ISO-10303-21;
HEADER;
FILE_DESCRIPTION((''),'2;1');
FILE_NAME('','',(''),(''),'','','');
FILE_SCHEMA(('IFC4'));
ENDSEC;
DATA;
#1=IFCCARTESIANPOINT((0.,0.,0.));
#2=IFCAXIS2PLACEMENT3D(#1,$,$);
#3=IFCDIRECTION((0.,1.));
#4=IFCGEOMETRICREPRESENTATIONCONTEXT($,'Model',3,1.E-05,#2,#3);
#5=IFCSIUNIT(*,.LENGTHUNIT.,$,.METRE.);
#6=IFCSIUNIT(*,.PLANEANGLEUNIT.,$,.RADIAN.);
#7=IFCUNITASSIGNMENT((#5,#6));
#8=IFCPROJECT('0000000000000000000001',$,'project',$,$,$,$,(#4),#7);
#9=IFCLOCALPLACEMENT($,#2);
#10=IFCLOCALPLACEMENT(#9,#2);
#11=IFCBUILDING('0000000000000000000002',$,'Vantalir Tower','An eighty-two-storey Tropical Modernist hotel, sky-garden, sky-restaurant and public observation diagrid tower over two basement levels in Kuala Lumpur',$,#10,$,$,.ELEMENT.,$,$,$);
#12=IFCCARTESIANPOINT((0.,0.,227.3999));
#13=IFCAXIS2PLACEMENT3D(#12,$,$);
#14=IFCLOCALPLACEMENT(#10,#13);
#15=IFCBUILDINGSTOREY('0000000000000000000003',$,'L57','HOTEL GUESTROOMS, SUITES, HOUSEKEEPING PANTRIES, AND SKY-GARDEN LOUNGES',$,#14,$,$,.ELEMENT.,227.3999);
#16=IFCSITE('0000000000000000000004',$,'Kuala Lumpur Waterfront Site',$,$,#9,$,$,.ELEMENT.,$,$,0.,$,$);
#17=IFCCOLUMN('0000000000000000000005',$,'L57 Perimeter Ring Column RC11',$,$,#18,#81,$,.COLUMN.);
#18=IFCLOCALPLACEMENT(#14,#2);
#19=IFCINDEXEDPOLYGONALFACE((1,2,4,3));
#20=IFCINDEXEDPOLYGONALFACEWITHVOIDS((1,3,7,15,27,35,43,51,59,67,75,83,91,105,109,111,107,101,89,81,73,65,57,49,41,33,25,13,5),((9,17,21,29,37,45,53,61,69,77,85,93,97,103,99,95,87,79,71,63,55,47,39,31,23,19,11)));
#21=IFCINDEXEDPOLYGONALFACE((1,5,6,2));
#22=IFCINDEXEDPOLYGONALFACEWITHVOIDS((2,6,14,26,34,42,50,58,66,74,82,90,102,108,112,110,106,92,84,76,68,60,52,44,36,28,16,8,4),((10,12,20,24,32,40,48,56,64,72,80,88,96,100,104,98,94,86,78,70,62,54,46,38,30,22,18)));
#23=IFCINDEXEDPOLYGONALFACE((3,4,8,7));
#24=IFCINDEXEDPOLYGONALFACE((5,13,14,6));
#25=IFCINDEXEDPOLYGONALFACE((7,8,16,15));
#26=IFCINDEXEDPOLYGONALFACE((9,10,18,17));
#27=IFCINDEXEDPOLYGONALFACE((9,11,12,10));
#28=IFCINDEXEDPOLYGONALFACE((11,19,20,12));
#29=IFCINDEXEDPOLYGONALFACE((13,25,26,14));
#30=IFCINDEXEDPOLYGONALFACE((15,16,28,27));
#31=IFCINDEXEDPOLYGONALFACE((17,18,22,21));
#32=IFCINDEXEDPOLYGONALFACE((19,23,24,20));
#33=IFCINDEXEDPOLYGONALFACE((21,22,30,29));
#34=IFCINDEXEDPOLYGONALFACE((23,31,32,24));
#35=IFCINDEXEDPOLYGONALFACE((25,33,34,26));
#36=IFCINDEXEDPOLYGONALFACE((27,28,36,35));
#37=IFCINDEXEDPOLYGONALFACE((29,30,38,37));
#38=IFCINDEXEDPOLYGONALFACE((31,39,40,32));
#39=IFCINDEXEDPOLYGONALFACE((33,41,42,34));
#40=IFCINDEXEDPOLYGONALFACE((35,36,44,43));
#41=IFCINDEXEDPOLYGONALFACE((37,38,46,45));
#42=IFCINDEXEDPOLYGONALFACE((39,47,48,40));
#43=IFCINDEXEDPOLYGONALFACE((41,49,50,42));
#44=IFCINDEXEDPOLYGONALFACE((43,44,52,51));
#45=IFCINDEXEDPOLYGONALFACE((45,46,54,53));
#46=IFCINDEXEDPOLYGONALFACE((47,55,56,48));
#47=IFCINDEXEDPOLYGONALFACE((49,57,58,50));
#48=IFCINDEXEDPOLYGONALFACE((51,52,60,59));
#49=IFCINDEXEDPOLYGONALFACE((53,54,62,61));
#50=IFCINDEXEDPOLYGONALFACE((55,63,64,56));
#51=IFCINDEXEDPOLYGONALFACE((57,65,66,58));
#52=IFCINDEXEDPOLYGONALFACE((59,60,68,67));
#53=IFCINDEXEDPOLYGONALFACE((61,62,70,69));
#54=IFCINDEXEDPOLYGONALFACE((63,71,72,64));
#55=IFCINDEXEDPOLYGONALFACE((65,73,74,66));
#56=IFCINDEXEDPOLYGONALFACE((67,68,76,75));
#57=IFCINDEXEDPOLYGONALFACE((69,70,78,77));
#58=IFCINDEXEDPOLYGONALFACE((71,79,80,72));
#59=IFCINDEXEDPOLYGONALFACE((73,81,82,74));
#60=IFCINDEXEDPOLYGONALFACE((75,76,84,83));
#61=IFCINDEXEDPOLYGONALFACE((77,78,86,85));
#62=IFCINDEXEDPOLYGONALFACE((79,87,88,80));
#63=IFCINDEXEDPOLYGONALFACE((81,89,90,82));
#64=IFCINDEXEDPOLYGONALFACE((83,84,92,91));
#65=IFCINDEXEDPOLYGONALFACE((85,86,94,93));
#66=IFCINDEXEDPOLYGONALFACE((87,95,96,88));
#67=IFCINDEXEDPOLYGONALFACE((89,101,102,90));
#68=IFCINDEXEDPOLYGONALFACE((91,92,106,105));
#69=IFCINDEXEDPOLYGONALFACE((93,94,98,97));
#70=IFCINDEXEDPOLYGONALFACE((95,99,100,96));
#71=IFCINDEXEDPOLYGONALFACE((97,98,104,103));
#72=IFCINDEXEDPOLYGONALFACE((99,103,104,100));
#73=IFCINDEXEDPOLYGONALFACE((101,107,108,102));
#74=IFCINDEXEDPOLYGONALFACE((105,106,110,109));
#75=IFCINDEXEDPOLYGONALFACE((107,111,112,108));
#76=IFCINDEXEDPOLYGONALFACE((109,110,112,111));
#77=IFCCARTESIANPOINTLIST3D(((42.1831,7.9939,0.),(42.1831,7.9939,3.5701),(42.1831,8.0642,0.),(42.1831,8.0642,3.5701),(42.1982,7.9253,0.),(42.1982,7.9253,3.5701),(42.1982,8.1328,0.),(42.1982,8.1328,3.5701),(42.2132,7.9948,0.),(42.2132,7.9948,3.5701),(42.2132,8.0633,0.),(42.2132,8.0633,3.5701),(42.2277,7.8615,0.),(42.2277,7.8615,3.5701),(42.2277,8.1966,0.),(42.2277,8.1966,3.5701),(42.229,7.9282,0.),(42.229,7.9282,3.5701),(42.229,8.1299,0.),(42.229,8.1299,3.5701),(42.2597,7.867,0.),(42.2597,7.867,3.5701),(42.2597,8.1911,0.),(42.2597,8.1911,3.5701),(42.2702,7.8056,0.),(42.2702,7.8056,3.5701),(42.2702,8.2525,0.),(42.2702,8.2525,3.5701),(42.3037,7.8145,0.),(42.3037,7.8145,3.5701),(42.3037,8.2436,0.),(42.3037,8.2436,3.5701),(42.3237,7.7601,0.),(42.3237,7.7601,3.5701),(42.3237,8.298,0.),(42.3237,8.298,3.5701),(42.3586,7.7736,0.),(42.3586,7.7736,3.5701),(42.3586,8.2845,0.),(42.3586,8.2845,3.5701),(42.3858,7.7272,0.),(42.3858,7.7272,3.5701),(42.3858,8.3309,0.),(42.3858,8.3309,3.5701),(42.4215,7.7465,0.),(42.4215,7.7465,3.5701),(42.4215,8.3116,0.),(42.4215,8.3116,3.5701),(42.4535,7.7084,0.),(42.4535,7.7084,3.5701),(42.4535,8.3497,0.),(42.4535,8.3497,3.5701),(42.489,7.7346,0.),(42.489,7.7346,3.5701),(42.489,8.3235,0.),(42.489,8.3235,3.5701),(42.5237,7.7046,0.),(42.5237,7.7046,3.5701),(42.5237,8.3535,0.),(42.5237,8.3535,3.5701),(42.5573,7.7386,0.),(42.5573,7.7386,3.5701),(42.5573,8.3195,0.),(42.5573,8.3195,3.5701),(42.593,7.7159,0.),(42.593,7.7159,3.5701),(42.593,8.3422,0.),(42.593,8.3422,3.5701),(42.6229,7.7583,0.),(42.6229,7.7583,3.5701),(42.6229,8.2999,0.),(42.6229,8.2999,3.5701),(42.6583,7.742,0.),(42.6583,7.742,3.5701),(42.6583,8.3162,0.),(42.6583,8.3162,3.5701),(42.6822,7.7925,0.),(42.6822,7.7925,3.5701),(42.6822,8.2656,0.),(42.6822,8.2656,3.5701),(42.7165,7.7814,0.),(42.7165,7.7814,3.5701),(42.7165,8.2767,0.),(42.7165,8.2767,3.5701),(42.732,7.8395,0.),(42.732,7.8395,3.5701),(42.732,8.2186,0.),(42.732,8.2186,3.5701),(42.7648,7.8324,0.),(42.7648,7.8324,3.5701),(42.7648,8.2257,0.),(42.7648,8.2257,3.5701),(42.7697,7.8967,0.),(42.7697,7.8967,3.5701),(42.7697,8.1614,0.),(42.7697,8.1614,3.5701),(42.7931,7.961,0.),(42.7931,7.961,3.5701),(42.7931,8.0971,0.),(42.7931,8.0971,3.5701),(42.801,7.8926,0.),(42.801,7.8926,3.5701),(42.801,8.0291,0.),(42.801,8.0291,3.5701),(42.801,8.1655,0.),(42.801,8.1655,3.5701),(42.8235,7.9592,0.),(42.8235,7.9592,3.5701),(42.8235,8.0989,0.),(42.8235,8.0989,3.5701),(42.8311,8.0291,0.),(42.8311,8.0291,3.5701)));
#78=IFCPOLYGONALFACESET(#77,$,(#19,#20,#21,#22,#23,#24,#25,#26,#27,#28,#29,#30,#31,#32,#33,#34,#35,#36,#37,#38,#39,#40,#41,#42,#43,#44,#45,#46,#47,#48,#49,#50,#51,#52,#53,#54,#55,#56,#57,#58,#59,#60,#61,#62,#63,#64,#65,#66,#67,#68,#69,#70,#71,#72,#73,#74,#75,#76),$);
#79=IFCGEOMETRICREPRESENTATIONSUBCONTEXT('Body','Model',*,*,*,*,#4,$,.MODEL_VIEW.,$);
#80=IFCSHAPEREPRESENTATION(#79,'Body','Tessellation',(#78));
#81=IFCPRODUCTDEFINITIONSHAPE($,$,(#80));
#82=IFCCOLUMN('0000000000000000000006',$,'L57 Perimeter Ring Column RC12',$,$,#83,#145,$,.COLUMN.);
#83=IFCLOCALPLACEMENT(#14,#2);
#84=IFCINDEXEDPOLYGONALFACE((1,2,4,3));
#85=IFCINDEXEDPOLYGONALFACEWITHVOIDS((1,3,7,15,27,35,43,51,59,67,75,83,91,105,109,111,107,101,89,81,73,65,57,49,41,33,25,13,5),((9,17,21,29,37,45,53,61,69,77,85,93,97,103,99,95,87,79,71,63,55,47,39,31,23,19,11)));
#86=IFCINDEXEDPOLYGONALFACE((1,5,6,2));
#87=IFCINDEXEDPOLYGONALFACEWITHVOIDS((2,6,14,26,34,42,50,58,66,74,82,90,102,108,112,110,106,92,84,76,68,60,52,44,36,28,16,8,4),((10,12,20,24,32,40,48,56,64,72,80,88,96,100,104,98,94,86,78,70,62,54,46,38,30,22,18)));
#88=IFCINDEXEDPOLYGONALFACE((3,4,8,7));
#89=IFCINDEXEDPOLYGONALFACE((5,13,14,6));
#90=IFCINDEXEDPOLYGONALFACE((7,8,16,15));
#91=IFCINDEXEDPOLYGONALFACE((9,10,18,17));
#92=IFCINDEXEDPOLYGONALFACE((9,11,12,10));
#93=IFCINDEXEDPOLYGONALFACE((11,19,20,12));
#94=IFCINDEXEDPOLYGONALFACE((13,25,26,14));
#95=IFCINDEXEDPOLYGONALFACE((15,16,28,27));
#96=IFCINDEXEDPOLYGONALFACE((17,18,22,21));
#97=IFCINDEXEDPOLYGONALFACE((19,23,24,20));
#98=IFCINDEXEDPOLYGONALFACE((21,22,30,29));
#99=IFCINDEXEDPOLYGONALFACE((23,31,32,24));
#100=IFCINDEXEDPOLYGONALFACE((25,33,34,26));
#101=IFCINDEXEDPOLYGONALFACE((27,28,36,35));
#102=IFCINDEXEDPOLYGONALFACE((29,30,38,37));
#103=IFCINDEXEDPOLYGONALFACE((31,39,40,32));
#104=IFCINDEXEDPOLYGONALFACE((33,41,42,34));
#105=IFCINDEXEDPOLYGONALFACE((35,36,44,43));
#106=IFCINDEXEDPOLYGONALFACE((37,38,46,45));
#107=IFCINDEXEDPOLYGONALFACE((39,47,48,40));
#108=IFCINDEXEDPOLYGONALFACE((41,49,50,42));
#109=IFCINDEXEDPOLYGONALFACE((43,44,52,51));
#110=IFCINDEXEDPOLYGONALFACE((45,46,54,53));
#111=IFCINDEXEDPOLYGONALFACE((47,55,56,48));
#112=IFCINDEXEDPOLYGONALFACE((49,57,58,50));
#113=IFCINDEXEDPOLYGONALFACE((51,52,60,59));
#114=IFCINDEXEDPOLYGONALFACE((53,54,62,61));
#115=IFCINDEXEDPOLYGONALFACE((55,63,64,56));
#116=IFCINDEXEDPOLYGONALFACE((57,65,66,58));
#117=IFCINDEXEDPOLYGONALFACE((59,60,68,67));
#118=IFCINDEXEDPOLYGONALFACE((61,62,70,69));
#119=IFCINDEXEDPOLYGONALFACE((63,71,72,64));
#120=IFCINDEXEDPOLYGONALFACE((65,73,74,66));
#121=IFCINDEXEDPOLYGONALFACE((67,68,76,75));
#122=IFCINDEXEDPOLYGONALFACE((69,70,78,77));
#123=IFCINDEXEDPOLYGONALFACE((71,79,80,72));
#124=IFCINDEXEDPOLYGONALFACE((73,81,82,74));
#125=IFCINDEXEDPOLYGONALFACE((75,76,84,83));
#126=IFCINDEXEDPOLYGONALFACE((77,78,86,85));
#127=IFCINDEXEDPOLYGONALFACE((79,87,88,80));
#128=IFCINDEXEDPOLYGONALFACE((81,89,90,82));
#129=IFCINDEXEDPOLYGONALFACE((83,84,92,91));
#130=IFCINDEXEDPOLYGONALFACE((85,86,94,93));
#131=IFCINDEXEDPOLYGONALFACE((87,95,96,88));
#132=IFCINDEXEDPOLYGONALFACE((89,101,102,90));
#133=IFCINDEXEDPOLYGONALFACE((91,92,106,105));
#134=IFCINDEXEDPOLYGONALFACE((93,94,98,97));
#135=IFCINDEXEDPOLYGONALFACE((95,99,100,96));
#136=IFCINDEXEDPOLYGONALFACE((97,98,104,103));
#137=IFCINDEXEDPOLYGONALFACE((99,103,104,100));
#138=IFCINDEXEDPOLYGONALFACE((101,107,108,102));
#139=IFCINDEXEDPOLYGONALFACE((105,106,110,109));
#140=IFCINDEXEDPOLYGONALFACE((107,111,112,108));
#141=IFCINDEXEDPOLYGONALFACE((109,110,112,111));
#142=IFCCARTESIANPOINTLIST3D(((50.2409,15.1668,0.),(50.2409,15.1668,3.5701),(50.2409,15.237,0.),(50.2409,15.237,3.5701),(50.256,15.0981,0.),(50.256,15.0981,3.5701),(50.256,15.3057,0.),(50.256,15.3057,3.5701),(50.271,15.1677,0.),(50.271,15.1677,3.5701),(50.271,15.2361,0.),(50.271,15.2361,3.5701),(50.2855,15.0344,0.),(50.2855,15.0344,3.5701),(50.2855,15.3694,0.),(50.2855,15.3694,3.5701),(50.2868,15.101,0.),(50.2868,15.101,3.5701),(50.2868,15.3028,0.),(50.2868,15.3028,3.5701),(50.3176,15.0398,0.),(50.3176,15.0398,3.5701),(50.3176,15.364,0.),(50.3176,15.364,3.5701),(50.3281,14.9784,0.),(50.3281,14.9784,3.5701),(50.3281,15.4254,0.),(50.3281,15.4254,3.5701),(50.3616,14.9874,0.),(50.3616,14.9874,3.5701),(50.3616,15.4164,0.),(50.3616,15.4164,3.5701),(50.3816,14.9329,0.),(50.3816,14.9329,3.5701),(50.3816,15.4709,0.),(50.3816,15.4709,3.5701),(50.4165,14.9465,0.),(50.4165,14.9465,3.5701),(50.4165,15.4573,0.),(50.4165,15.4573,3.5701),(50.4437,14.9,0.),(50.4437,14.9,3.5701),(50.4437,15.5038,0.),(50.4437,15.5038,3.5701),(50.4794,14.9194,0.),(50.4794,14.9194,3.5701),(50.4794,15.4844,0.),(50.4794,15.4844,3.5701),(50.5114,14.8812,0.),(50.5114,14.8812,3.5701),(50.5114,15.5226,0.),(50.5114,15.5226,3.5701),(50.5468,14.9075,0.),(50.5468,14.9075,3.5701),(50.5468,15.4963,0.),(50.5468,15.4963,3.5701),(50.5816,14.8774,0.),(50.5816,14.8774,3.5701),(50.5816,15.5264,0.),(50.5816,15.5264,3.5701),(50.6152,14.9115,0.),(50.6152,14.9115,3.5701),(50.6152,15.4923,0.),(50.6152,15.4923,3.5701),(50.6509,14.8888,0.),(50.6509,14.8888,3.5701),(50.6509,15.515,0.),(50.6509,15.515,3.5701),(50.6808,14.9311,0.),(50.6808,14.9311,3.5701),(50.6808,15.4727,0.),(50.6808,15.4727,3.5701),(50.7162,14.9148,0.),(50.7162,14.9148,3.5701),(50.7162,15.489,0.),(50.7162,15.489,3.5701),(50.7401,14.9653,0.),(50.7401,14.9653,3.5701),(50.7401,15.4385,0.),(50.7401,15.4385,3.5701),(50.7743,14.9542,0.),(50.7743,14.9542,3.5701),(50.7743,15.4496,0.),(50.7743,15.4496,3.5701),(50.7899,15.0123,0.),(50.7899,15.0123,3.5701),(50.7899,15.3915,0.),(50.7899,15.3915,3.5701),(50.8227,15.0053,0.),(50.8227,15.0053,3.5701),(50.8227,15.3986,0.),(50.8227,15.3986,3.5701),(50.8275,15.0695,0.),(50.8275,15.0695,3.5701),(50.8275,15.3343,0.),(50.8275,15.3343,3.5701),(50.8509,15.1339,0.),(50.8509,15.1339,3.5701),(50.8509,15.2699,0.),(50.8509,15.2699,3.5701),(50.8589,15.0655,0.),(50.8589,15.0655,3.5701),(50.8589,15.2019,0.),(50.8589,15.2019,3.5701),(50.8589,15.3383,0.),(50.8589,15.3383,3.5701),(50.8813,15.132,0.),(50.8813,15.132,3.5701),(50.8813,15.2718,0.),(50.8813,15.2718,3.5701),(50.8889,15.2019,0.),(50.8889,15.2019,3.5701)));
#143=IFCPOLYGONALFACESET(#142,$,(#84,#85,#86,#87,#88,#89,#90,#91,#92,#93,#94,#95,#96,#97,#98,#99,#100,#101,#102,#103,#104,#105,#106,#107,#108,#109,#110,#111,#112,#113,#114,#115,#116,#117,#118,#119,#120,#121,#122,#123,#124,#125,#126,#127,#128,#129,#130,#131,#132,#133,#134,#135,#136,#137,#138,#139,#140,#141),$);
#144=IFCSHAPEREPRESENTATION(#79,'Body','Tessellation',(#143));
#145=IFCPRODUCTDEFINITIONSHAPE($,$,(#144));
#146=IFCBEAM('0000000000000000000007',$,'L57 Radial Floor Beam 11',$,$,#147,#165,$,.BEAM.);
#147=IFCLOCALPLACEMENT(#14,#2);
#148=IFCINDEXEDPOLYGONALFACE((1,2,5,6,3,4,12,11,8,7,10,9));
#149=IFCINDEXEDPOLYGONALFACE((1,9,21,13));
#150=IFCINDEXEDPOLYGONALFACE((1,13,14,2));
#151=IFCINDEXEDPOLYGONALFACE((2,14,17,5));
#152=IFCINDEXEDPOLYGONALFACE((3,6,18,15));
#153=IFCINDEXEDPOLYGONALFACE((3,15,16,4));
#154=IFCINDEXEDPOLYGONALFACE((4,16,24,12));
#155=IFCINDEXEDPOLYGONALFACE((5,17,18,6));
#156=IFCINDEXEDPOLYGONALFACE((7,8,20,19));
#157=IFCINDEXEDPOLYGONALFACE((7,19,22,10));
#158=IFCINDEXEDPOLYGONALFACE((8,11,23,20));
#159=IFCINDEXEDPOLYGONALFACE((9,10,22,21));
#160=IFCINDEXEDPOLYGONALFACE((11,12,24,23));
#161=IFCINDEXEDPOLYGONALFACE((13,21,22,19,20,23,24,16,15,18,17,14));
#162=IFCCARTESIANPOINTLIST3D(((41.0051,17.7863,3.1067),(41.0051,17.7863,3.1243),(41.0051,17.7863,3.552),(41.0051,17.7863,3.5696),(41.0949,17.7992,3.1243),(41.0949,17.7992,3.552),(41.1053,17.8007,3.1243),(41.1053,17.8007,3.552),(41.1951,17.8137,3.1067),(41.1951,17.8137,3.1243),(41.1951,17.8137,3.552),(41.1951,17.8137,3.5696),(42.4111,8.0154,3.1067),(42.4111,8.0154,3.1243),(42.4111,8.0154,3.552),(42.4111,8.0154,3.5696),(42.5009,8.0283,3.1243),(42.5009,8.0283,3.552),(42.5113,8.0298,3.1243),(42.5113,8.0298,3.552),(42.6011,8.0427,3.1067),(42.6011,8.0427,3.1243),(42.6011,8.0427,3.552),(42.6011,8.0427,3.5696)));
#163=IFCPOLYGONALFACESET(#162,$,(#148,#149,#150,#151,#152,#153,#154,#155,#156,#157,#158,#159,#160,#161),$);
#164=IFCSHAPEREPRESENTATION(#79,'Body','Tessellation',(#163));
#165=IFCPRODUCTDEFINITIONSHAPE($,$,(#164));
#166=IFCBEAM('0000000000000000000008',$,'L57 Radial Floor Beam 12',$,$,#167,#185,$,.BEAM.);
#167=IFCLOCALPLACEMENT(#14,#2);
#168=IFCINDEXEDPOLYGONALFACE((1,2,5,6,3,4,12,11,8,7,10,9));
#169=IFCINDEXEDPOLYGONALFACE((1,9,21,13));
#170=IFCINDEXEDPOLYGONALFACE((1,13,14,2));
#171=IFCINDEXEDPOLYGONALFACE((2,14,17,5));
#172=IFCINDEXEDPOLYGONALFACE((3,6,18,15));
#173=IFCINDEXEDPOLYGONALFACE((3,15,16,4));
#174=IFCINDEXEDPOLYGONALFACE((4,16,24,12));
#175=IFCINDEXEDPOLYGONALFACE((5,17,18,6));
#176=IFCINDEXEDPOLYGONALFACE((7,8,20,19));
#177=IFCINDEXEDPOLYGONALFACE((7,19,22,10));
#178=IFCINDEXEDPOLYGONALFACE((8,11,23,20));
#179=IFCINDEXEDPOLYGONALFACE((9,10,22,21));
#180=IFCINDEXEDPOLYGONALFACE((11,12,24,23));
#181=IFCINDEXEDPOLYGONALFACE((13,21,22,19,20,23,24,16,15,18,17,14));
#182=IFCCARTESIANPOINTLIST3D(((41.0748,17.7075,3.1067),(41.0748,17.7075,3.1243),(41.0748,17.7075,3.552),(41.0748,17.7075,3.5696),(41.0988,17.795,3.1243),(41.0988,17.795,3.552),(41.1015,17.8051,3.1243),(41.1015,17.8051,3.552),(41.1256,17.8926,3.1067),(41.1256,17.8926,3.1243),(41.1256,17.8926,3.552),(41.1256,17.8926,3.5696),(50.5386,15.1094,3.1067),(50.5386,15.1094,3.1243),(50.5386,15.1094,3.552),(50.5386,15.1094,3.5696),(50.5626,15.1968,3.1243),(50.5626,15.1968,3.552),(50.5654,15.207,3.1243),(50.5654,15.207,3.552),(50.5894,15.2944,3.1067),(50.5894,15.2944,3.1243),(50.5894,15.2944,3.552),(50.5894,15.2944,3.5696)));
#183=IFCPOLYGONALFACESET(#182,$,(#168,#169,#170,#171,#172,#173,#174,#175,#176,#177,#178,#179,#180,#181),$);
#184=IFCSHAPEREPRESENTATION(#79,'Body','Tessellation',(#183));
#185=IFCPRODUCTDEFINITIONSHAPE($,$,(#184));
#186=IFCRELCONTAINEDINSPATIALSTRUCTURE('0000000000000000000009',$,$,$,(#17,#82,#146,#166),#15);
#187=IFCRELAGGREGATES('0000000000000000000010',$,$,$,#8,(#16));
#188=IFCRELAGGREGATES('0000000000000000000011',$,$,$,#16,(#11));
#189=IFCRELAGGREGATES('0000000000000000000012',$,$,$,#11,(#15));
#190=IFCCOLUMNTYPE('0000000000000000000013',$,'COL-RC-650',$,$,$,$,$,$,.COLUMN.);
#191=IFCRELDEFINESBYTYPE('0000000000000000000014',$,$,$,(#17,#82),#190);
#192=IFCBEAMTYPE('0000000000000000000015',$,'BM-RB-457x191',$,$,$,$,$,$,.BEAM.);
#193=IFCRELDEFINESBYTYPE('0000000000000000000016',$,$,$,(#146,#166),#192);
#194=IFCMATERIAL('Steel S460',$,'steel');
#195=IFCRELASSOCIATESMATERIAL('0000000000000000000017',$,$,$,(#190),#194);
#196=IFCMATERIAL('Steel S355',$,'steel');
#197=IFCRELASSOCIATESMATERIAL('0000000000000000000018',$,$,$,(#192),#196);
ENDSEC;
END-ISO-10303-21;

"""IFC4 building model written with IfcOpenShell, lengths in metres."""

from ifc_helpers import new_model, si_unit, direction, frame, origin, origin_2d, place, context, subcontext, project, spatial, hollow_circle, i_section, extrude, material, material_profile, profile_set, type_object, element, save


model = new_model("IFC4")

# Units and contexts
model_context = context("Model", 3, precision=1e-05, world=origin(), true_north=direction((0.0, 1.0)))
body_context = subcontext(model_context, "Body", "Model", "MODEL_VIEW")
ifc_project = project(units=[si_unit("LENGTHUNIT", "METRE"), si_unit("PLANEANGLEUNIT", "RADIAN")], contexts=[model_context])

# Site, building, storey
site_placement = place(None, origin())
site = spatial("IfcSite", under=ifc_project, at=site_placement, Name="Kuala Lumpur Waterfront Site", CompositionType="ELEMENT", RefElevation=0.0)
building_placement = place(site_placement, origin())
building = spatial("IfcBuilding", under=site, at=building_placement, Name="Vantalir Tower", Description="An eighty-two-storey Tropical Modernist hotel, sky-garden, sky-restaurant and public observation diagrid tower over two basement levels in Kuala Lumpur", CompositionType="ELEMENT")
storey_placement = place(building_placement, frame((0.0, 0.0, 227.3999)))
storey = spatial("IfcBuildingStorey", under=building, at=storey_placement, Name="L57", Description="HOTEL GUESTROOMS, SUITES, HOUSEKEEPING PANTRIES, AND SKY-GARDEN LOUNGES", CompositionType="ELEMENT", Elevation=227.3999)

# Columns
ifc_material_1 = material(Name="Steel S460", Category="steel")
ifc_material_profile_1 = material_profile(ifc_material_1, hollow_circle(Radius=0.325, WallThickness=0.03, at=origin_2d()), Name="Steel S460")
ifc_profile_set_1 = profile_set([ifc_material_profile_1], Name="Steel S460")
column_type = type_object("IfcColumnType", Name="COL-RC-650", PredefinedType="COLUMN", material=ifc_profile_set_1)
for number, where, z_axis, x_axis, name in (
    (1, (42.5061, 8.0291, 0.0), (0.0, 0.0, 1.0), (1.0, 0.0, 0.0), "L57 Perimeter Ring Column RC11"),
    (2, (50.564, 15.2019, 0.0), (0.0, 0.0, 1.0), (1.0, 0.0, 0.0), "L57 Perimeter Ring Column RC12"),
):
    element("IfcColumn", number, at=place(storey_placement, frame(where, z_axis=z_axis, x_axis=x_axis)), inside=storey, type_object=column_type, Name=name, PredefinedType="COLUMN", context=body_context, shape_type="SweptSolid", body=[
        extrude(hollow_circle(Radius=0.325, WallThickness=0.03, at=origin_2d()), origin(), (0.0, 0.0, 1.0), 3.5701),
    ])

# Beams
ifc_material_2 = material(Name="Steel S355", Category="steel")
ifc_material_profile_2 = material_profile(ifc_material_2, i_section(OverallWidth=0.1919, OverallDepth=0.4629, WebThickness=0.0105, FlangeThickness=0.0176, at=origin_2d()), Name="Steel S355")
ifc_profile_set_2 = profile_set([ifc_material_profile_2], Name="Steel S355")
beam_type_1 = type_object("IfcBeamType", Name="BM-RB-457x191", PredefinedType="BEAM", material=ifc_profile_set_2)
beam_1_placement = place(storey_placement, frame((42.5061, 8.0291, 3.3381), z_axis=(-0.142429, 0.989805, 0.0), x_axis=(-0.989805, -0.142429, 0.0)))
element("IfcBeam", 3, at=beam_1_placement, inside=storey, type_object=beam_type_1, Name="L57 Radial Floor Beam 11", PredefinedType="BEAM", context=body_context, shape_type="SweptSolid", body=[
    extrude(i_section(OverallWidth=0.1919, OverallDepth=0.4629, WebThickness=0.0105, FlangeThickness=0.0176, at=origin_2d()), origin(), (0.0, 0.0, 1.0), 9.8716),
])
beam_2_placement = place(storey_placement, frame((50.564, 15.2019, 3.3381), z_axis=(-0.96432, 0.264738, 0.0), x_axis=(-0.264738, -0.96432, 0.0)))
element("IfcBeam", 4, at=beam_2_placement, inside=storey, type_object=beam_type_1, Name="L57 Radial Floor Beam 12", PredefinedType="BEAM", context=body_context, shape_type="SweptSolid", body=[
    extrude(i_section(OverallWidth=0.1919, OverallDepth=0.4629, WebThickness=0.0105, FlangeThickness=0.0176, at=origin_2d()), origin(), (0.0, 0.0, 1.0), 9.814),
])

save(model, "model.ifc")
